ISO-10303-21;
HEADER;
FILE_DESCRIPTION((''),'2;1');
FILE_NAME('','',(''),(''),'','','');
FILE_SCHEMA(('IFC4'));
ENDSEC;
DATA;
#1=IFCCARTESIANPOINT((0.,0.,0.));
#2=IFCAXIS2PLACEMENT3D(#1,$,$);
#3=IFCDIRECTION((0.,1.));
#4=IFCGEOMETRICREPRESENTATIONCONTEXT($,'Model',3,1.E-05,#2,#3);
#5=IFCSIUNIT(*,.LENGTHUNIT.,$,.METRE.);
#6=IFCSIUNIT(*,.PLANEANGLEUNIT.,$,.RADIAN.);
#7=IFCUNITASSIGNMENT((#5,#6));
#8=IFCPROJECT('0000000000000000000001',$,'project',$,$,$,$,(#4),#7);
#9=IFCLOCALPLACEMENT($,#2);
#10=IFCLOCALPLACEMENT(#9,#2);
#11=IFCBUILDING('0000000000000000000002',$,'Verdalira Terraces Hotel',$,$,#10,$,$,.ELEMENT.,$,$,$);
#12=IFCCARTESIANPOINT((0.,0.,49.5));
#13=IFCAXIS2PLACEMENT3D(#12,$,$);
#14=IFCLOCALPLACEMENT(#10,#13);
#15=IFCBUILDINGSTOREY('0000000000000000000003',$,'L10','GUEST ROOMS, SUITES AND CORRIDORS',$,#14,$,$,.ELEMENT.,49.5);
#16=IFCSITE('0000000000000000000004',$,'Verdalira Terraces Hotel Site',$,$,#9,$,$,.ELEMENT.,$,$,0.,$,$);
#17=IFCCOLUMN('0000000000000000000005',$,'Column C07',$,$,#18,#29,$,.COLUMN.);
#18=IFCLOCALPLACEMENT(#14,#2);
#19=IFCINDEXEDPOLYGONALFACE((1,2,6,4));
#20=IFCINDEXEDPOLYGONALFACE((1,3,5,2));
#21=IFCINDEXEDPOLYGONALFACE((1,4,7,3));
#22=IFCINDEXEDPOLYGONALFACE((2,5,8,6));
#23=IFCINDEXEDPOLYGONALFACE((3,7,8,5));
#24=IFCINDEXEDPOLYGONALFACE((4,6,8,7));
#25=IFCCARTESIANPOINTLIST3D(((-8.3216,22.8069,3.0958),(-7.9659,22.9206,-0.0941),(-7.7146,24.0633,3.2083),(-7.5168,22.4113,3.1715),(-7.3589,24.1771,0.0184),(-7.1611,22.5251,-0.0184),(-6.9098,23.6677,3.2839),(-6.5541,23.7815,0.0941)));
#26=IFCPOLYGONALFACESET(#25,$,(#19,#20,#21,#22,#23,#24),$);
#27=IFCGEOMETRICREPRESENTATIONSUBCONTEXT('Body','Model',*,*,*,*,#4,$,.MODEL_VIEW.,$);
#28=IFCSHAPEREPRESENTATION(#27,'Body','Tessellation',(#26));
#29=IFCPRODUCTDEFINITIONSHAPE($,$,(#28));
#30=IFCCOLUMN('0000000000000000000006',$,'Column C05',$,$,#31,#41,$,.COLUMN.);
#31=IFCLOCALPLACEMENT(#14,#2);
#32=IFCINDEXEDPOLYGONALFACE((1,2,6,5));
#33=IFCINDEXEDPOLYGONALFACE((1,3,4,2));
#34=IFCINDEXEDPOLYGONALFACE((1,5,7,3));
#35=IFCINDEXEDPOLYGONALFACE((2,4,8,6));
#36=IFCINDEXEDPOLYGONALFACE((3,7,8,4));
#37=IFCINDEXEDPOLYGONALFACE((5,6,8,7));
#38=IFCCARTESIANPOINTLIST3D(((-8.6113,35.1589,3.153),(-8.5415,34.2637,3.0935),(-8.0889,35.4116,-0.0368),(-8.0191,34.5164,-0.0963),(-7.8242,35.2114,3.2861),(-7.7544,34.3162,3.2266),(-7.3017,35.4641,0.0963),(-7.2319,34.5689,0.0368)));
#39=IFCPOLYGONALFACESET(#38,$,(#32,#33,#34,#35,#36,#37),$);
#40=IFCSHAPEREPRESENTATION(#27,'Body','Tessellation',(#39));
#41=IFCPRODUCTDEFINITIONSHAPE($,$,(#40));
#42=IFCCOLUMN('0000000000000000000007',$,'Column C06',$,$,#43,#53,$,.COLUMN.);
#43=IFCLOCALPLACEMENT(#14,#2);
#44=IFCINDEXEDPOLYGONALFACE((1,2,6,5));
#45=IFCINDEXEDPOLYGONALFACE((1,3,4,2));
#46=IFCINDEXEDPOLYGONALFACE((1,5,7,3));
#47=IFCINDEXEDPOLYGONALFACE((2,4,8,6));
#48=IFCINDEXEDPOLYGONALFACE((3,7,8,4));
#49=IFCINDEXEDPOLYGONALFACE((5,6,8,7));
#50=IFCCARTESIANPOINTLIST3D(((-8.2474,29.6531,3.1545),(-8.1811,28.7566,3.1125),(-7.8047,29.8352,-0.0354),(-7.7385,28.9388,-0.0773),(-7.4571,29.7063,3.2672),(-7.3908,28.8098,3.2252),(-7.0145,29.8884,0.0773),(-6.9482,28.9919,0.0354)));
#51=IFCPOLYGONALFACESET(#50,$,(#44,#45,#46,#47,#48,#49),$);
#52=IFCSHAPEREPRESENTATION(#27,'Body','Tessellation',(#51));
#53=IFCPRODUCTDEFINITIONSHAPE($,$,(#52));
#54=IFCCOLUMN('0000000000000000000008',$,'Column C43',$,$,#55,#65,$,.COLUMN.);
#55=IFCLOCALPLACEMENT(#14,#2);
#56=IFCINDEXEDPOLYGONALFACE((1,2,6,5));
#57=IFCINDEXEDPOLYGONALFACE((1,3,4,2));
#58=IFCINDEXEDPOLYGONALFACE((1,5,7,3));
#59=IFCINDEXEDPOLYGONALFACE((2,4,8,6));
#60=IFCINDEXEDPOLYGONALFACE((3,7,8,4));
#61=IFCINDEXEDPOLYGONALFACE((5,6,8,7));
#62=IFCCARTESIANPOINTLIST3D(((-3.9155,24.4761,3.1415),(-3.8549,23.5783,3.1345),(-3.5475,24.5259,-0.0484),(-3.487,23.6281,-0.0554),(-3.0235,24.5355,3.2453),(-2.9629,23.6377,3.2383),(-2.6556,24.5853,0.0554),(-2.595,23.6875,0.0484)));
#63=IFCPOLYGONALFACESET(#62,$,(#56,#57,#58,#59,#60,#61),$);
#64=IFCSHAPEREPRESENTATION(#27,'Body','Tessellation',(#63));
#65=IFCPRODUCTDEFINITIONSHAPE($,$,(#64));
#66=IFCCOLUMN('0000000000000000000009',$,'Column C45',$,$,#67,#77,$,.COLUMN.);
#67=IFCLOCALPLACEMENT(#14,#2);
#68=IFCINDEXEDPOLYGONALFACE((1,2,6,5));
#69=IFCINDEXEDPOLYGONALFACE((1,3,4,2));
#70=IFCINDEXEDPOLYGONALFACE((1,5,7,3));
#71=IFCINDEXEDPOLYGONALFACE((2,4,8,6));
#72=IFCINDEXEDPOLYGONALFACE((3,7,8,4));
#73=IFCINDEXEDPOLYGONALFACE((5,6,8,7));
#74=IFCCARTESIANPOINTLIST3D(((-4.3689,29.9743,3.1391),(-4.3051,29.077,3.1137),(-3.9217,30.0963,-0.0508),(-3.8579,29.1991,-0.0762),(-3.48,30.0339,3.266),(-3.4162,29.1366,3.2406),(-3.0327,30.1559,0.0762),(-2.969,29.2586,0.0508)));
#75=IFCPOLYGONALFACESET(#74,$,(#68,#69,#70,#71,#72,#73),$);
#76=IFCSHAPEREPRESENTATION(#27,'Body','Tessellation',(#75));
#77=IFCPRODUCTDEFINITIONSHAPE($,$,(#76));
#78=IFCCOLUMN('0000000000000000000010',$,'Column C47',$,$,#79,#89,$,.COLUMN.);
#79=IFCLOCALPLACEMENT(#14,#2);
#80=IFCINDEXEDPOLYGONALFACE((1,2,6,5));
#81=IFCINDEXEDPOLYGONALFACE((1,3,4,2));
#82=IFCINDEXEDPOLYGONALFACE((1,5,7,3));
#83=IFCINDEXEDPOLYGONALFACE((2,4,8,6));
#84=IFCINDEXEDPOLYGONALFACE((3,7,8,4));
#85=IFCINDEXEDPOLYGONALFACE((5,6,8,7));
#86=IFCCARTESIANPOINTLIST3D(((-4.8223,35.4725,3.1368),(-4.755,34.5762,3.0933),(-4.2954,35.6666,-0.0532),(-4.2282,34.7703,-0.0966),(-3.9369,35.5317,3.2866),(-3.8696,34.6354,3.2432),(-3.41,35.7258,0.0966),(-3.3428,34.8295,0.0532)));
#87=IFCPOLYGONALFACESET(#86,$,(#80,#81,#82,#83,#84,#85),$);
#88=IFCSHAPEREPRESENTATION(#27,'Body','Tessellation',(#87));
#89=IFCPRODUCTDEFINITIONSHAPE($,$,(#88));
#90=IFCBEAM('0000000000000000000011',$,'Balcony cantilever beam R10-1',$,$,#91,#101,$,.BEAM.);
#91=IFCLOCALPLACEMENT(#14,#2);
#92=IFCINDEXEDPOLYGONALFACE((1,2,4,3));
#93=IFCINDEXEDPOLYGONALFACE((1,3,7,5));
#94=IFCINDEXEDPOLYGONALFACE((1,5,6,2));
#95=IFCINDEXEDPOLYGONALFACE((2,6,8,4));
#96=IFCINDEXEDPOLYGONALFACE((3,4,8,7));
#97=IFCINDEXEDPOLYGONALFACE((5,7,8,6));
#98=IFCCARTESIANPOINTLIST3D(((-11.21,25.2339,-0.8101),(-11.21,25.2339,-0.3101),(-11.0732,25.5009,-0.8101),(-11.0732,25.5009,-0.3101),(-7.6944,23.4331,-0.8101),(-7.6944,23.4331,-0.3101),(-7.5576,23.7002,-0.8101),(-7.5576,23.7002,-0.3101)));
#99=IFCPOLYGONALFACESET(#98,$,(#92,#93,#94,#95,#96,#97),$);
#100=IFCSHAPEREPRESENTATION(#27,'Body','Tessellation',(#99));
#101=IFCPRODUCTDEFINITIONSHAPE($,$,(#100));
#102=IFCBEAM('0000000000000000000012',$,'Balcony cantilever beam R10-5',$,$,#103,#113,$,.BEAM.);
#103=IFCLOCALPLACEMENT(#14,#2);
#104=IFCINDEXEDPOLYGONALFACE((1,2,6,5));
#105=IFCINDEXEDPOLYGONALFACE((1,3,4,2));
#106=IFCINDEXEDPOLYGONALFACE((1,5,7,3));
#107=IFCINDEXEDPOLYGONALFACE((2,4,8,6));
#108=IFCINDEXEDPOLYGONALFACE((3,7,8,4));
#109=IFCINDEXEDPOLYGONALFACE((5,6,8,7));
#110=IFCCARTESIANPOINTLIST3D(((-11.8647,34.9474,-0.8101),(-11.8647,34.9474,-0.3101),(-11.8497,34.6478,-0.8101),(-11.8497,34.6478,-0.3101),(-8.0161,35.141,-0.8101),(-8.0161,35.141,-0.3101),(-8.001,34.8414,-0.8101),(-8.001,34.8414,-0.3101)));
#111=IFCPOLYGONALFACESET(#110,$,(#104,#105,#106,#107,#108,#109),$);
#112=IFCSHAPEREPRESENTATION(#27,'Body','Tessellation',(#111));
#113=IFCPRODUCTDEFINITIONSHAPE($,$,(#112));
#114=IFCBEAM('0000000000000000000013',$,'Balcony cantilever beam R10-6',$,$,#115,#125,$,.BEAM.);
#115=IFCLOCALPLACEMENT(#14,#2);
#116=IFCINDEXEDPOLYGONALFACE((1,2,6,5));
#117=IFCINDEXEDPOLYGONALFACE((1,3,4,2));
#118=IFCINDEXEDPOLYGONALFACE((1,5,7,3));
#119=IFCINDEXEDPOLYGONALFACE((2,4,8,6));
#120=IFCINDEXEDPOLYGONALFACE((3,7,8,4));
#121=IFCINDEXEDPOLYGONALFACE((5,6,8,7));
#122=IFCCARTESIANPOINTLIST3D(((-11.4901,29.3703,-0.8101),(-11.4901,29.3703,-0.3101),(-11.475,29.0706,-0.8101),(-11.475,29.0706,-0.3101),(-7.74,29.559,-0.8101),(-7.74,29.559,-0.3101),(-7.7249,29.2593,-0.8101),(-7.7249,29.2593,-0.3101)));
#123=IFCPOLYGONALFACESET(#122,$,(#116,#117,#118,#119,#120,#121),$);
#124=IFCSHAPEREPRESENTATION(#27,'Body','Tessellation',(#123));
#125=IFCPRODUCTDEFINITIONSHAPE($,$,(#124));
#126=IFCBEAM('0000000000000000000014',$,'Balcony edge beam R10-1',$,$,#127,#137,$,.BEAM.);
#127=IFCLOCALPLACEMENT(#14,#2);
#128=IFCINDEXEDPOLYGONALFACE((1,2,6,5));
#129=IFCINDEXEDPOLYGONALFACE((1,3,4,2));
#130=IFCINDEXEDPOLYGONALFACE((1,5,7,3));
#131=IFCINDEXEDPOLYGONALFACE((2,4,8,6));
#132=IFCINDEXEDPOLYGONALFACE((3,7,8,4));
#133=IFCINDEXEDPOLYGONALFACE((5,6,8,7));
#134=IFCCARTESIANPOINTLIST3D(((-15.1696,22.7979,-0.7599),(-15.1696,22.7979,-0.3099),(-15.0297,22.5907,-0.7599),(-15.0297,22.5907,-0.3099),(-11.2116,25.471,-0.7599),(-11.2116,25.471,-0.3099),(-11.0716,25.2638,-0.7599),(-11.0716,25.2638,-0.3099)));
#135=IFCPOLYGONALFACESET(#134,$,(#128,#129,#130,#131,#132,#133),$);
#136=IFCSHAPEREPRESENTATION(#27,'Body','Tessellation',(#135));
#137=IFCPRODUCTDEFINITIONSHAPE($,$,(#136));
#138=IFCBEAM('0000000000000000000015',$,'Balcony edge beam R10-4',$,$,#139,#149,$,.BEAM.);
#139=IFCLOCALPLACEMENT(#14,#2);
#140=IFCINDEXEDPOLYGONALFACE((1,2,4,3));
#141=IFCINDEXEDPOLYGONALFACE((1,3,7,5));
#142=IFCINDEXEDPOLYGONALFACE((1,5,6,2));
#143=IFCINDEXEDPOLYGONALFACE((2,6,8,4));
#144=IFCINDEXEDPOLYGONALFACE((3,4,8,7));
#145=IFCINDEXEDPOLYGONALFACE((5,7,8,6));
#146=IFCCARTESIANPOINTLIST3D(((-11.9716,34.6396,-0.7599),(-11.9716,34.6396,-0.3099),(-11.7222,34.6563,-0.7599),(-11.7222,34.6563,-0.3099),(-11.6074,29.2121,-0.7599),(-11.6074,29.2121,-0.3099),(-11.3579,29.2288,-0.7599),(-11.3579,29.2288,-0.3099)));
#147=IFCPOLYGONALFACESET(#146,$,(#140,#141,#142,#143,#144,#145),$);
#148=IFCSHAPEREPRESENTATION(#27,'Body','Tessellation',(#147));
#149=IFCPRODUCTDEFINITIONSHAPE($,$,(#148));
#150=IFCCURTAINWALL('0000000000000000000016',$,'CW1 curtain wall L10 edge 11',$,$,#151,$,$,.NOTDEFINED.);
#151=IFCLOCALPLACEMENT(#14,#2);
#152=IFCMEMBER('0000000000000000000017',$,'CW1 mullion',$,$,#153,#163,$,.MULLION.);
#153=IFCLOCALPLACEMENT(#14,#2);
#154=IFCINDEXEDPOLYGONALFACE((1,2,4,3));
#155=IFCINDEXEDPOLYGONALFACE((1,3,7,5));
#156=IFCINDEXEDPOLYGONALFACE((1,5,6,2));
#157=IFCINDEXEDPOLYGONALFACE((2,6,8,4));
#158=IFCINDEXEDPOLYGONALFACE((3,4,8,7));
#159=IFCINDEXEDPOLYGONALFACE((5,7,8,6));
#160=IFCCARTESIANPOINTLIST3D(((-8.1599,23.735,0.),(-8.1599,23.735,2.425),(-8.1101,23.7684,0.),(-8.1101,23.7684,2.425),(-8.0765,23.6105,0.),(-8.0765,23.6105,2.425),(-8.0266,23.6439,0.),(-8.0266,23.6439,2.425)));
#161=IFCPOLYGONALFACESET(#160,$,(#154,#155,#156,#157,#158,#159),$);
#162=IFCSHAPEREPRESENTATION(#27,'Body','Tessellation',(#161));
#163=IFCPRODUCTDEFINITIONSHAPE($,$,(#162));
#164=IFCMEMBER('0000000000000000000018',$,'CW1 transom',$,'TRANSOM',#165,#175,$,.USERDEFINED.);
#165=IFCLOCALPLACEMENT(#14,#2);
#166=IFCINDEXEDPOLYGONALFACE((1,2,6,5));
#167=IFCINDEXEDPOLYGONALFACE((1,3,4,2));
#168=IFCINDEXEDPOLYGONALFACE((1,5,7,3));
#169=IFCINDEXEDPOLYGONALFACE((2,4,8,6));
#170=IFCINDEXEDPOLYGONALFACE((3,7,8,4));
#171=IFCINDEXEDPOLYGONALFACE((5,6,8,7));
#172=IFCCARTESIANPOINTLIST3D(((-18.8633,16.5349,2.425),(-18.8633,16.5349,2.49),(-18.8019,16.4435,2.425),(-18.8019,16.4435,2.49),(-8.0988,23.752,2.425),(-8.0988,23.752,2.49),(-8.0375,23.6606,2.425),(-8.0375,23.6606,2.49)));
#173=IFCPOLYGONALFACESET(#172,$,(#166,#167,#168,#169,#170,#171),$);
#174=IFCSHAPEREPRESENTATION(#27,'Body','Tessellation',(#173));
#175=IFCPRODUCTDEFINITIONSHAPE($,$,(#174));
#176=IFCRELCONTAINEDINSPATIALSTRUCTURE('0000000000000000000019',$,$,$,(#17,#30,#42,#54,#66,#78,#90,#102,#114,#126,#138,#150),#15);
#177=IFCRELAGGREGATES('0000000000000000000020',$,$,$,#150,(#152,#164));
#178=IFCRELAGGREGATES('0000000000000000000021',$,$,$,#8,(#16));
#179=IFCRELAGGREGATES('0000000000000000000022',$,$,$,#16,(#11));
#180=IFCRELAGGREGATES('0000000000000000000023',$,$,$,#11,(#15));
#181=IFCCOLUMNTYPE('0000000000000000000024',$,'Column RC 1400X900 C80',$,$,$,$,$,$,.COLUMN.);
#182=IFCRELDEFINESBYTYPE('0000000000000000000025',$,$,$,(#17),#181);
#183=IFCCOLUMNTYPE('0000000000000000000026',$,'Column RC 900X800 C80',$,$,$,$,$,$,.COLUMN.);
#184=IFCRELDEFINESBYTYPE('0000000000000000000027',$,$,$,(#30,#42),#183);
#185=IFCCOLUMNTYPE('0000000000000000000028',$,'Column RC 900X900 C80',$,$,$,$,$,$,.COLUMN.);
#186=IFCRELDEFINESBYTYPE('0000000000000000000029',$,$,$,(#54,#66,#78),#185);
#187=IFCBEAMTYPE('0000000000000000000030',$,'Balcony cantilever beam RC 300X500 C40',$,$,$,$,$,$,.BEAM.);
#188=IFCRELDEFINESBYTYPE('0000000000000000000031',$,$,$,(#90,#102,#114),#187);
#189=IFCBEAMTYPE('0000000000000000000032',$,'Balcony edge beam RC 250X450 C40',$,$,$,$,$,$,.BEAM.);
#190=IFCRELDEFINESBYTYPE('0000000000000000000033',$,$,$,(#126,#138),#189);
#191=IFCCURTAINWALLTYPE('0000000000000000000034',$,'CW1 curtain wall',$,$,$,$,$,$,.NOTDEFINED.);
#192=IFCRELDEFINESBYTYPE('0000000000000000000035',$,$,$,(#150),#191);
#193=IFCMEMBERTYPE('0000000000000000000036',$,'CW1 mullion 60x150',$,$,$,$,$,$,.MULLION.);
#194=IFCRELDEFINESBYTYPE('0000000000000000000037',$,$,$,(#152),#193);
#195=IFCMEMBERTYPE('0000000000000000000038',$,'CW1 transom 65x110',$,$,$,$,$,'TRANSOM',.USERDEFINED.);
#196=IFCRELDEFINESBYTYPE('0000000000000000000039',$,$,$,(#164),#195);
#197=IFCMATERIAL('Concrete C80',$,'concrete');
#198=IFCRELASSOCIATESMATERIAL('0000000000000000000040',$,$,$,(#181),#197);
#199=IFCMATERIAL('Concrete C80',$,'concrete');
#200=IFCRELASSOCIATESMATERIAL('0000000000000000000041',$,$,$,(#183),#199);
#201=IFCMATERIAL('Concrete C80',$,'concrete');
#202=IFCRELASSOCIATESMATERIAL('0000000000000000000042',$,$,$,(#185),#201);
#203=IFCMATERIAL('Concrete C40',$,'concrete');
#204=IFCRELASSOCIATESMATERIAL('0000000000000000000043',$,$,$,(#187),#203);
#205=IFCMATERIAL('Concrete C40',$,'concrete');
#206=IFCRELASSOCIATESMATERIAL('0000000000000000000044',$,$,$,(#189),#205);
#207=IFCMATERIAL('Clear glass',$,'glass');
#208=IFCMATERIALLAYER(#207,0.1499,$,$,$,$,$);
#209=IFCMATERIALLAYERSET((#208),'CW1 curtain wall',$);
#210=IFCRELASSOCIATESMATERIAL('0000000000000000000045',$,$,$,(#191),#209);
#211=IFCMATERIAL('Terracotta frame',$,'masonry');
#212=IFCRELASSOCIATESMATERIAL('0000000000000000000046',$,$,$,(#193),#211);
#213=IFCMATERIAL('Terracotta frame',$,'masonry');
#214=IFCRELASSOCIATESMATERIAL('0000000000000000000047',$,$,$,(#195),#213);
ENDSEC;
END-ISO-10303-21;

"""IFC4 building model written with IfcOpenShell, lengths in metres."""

from ifc_helpers import new_model, si_unit, direction, frame, origin, origin_2d, place, context, subcontext, project, spatial, rectangle, extrude, material, layer, layer_set, material_profile, profile_set, type_object, element, aggregate, save


model = new_model("IFC4")

# Units and contexts
model_context = context("Model", 3, precision=1e-05, world=origin(), true_north=direction((0.0, 1.0)))
body_context = subcontext(model_context, "Body", "Model", "MODEL_VIEW")
ifc_project = project(units=[si_unit("LENGTHUNIT", "METRE"), si_unit("PLANEANGLEUNIT", "RADIAN")], contexts=[model_context])

# Site, building, storey
site_placement = place(None, origin())
site = spatial("IfcSite", under=ifc_project, at=site_placement, Name="Verdalira Terraces Hotel Site", CompositionType="ELEMENT", RefElevation=0.0)
building_placement = place(site_placement, origin())
building = spatial("IfcBuilding", under=site, at=building_placement, Name="Verdalira Terraces Hotel", CompositionType="ELEMENT")
storey_placement = place(building_placement, frame((0.0, 0.0, 49.5)))
storey = spatial("IfcBuildingStorey", under=building, at=storey_placement, Name="L10", Description="GUEST ROOMS, SUITES AND CORRIDORS", CompositionType="ELEMENT", Elevation=49.5)

# Columns
ifc_material_1 = material(Name="Concrete C80", Category="concrete")
ifc_material_profile_1 = material_profile(ifc_material_1, rectangle(XDim=1.3999, YDim=0.8999, at=origin_2d()), Name="RC 1400X900")
ifc_profile_set_1 = profile_set([ifc_material_profile_1], Name="Concrete C80")
column_type_1 = type_object("IfcColumnType", Name="Column RC 1400X900 C80", PredefinedType="COLUMN", material=ifc_profile_set_1)
column_1_placement = place(storey_placement, frame((-7.26, 23.3511, 0.0), z_axis=(-0.110754, -0.035423, 0.993216), x_axis=(0.433595, 0.897517, 0.080361)))
element("IfcColumn", 1, at=column_1_placement, inside=storey, type_object=column_type_1, Name="Column C07", PredefinedType="COLUMN", context=body_context, shape_type="SweptSolid", body=[
    extrude(rectangle(XDim=1.3999, YDim=0.8999, at=origin_2d()), origin(), (0.0, 0.0, 1.0), 3.2117),
])
ifc_material_2 = material(Name="Concrete C80", Category="concrete")
ifc_material_profile_2 = material_profile(ifc_material_2, rectangle(XDim=0.8999, YDim=0.8, at=origin_2d()), Name="RC 900X800")
ifc_profile_set_2 = profile_set([ifc_material_profile_2], Name="Concrete C80")
column_type_2 = type_object("IfcColumnType", Name="Column RC 900X800 C80", PredefinedType="COLUMN", material=ifc_profile_set_2)
column_2_placement = place(storey_placement, frame((-7.6604, 34.9902, 0.0), z_axis=(-0.161139, -0.077934, 0.98385), x_axis=(0.077576, -0.994793, -0.066095)))
element("IfcColumn", 2, at=column_2_placement, inside=storey, type_object=column_type_2, Name="Column C05", PredefinedType="COLUMN", context=body_context, shape_type="SweptSolid", body=[
    extrude(rectangle(XDim=0.8999, YDim=0.8, at=origin_2d()), origin(), (0.0, 0.0, 1.0), 3.2422),
])
column_3_placement = place(storey_placement, frame((-7.3765, 29.4136, 0.0), z_axis=(-0.137221, -0.056463, 0.98893), x_axis=(0.073633, -0.996193, -0.04666)))
element("IfcColumn", 3, at=column_3_placement, inside=storey, type_object=column_type_2, Name="Column C06", PredefinedType="COLUMN", context=body_context, shape_type="SweptSolid", body=[
    extrude(rectangle(XDim=0.8999, YDim=0.8, at=origin_2d()), origin(), (0.0, 0.0, 1.0), 3.2256),
])
ifc_material_3 = material(Name="Concrete C80", Category="concrete")
ifc_material_profile_3 = material_profile(ifc_material_3, rectangle(XDim=0.8999, YDim=0.8999, at=origin_2d()), Name="RC 900X900")
ifc_profile_set_3 = profile_set([ifc_material_profile_3], Name="Concrete C80")
column_type_3 = type_object("IfcColumnType", Name="Column RC 900X900 C80", PredefinedType="COLUMN", material=ifc_profile_set_3)
column_4_placement = place(storey_placement, frame((-3.0713, 24.1067, 0.0), z_axis=(-0.114564, -0.015508, 0.993295), x_axis=(-0.067325, 0.997701, 0.007812)))
element("IfcColumn", 4, at=column_4_placement, inside=storey, type_object=column_type_3, Name="Column C43", PredefinedType="COLUMN", context=body_context, shape_type="SweptSolid", body=[
    extrude(rectangle(XDim=0.8999, YDim=0.8999, at=origin_2d()), origin(), (0.0, 0.0, 1.0), 3.2114),
])
column_5_placement = place(storey_placement, frame((-3.4453, 29.6775, 0.0), z_axis=(-0.138753, -0.037869, 0.989603), x_axis=(-0.070866, 0.997087, 0.02822)))
element("IfcColumn", 5, at=column_5_placement, inside=storey, type_object=column_type_3, Name="Column C45", PredefinedType="COLUMN", context=body_context, shape_type="SweptSolid", body=[
    extrude(rectangle(XDim=0.8999, YDim=0.8999, at=origin_2d()), origin(), (0.0, 0.0, 1.0), 3.2234),
])
column_6_placement = place(storey_placement, frame((-3.8191, 35.248, 0.0), z_axis=(-0.162661, -0.059924, 0.984861), x_axis=(-0.074729, 0.996035, 0.048261)))
element("IfcColumn", 6, at=column_6_placement, inside=storey, type_object=column_type_3, Name="Column C47", PredefinedType="COLUMN", context=body_context, shape_type="SweptSolid", body=[
    extrude(rectangle(XDim=0.8999, YDim=0.8999, at=origin_2d()), origin(), (0.0, 0.0, 1.0), 3.239),
])

# Beams
ifc_material_4 = material(Name="Concrete C40", Category="concrete")
ifc_material_profile_4 = material_profile(ifc_material_4, rectangle(XDim=0.3, YDim=0.5, at=origin_2d()), Name="RC 300X500")
ifc_profile_set_4 = profile_set([ifc_material_profile_4], Name="Concrete C40")
beam_type_1 = type_object("IfcBeamType", Name="Balcony cantilever beam RC 300X500 C40", PredefinedType="BEAM", material=ifc_profile_set_4)
beam_1_placement = place(storey_placement, frame((-7.626, 23.5666, -0.5601), z_axis=(-0.890034, 0.455895, 0.0), x_axis=(-0.455895, -0.890034, 0.0)))
element("IfcBeam", 7, at=beam_1_placement, inside=storey, type_object=beam_type_1, Name="Balcony cantilever beam R10-1", PredefinedType="BEAM", context=body_context, shape_type="SweptSolid", body=[
    extrude(rectangle(XDim=0.3, YDim=0.5, at=origin_2d()), origin(), (0.0, 0.0, 1.0), 3.95),
])
beam_2_placement = place(storey_placement, frame((-8.0085, 34.9912, -0.5601), z_axis=(-0.998737, -0.050241, 0.0), x_axis=(0.050241, -0.998737, 0.0)))
element("IfcBeam", 8, at=beam_2_placement, inside=storey, type_object=beam_type_1, Name="Balcony cantilever beam R10-5", PredefinedType="BEAM", context=body_context, shape_type="SweptSolid", body=[
    extrude(rectangle(XDim=0.3, YDim=0.5, at=origin_2d()), origin(), (0.0, 0.0, 1.0), 3.8535),
])
beam_3_placement = place(storey_placement, frame((-7.7324, 29.4092, -0.5601), z_axis=(-0.998736, -0.050259, 0.0), x_axis=(0.050259, -0.998736, 0.0)))
element("IfcBeam", 9, at=beam_3_placement, inside=storey, type_object=beam_type_1, Name="Balcony cantilever beam R10-6", PredefinedType="BEAM", context=body_context, shape_type="SweptSolid", body=[
    extrude(rectangle(XDim=0.3, YDim=0.5, at=origin_2d()), origin(), (0.0, 0.0, 1.0), 3.7549),
])
ifc_material_5 = material(Name="Concrete C40", Category="concrete")
ifc_material_profile_5 = material_profile(ifc_material_5, rectangle(XDim=0.25, YDim=0.45, at=origin_2d()), Name="RC 250X450")
ifc_profile_set_5 = profile_set([ifc_material_profile_5], Name="Concrete C40")
beam_type_2 = type_object("IfcBeamType", Name="Balcony edge beam RC 250X450 C40", PredefinedType="BEAM", material=ifc_profile_set_5)
beam_4_placement = place(storey_placement, frame((-11.1416, 25.3674, -0.5349), z_axis=(-0.828709, -0.55968, 0.0), x_axis=(0.55968, -0.828709, 0.0)))
element("IfcBeam", 10, at=beam_4_placement, inside=storey, type_object=beam_type_2, Name="Balcony edge beam R10-1", PredefinedType="BEAM", context=body_context, shape_type="SweptSolid", body=[
    extrude(rectangle(XDim=0.25, YDim=0.45, at=origin_2d()), origin(), (0.0, 0.0, 1.0), 4.7761),
])
beam_5_placement = place(storey_placement, frame((-11.8469, 34.6479, -0.5349), z_axis=(0.066963, -0.997755, 0.0), x_axis=(0.997755, 0.066963, 0.0)))
element("IfcBeam", 11, at=beam_5_placement, inside=storey, type_object=beam_type_2, Name="Balcony edge beam R10-4", PredefinedType="BEAM", context=body_context, shape_type="SweptSolid", body=[
    extrude(rectangle(XDim=0.25, YDim=0.45, at=origin_2d()), origin(), (0.0, 0.0, 1.0), 5.4397),
])

# Curtain wall, members
ifc_material_6 = material(Name="Clear glass", Category="glass")
ifc_layer_1 = layer(ifc_material_6, 0.1499)
ifc_layer_set_1 = layer_set([ifc_layer_1], Name="CW1 curtain wall")
curtain_wall_type_1 = type_object("IfcCurtainWallType", Name="CW1 curtain wall", PredefinedType="NOTDEFINED", material=ifc_layer_set_1)
curtain_wall_1_placement = place(storey_placement, origin())
curtain_wall_1 = element("IfcCurtainWall", 12, at=curtain_wall_1_placement, inside=storey, type_object=curtain_wall_type_1, Name="CW1 curtain wall L10 edge 11", PredefinedType="NOTDEFINED")
ifc_material_7 = material(Name="Terracotta frame", Category="masonry")
ifc_material_profile_6 = material_profile(ifc_material_7, rectangle(XDim=0.0601, YDim=0.1499, at=origin_2d()), Name="MU 60x150")
ifc_profile_set_6 = profile_set([ifc_material_profile_6], Name="Terracotta frame")
member_type_1 = type_object("IfcMemberType", Name="CW1 mullion 60x150", PredefinedType="MULLION", material=ifc_profile_set_6)
member_1_placement = place(storey_placement, frame((-8.0933, 23.6895, 0.0), z_axis=(0.0, 0.0, 1.0), x_axis=(-0.830596, -0.556876, 0.0)))
member_1 = element("IfcMember", 13, at=member_1_placement, type_object=member_type_1, Name="CW1 mullion", PredefinedType="MULLION", context=body_context, shape_type="SweptSolid", body=[
    extrude(rectangle(XDim=0.0601, YDim=0.1499, at=origin_2d()), origin(), (0.0, 0.0, 1.0), 2.425),
])
ifc_material_8 = material(Name="Terracotta frame", Category="masonry")
ifc_material_profile_7 = material_profile(ifc_material_8, rectangle(XDim=0.1101, YDim=0.0649, at=origin_2d()), Name="TR 65x110")
ifc_profile_set_7 = profile_set([ifc_material_profile_7], Name="Terracotta frame")
member_type_2 = type_object("IfcMemberType", Name="CW1 transom 65x110", ElementType="TRANSOM", PredefinedType="USERDEFINED", material=ifc_profile_set_7)
member_2_placement = place(storey_placement, frame((-8.0681, 23.7063, 2.4575), z_axis=(-0.830595, -0.556876, 0.0), x_axis=(0.556876, -0.830595, 0.0)))
member_2 = element("IfcMember", 14, at=member_2_placement, type_object=member_type_2, Name="CW1 transom", ObjectType="TRANSOM", PredefinedType="USERDEFINED", context=body_context, shape_type="SweptSolid", body=[
    extrude(rectangle(XDim=0.1101, YDim=0.0649, at=origin_2d()), origin(), (0.0, 0.0, 1.0), 12.96),
])

aggregate(curtain_wall_1, [member_1, member_2])

save(model, "model.ifc")
